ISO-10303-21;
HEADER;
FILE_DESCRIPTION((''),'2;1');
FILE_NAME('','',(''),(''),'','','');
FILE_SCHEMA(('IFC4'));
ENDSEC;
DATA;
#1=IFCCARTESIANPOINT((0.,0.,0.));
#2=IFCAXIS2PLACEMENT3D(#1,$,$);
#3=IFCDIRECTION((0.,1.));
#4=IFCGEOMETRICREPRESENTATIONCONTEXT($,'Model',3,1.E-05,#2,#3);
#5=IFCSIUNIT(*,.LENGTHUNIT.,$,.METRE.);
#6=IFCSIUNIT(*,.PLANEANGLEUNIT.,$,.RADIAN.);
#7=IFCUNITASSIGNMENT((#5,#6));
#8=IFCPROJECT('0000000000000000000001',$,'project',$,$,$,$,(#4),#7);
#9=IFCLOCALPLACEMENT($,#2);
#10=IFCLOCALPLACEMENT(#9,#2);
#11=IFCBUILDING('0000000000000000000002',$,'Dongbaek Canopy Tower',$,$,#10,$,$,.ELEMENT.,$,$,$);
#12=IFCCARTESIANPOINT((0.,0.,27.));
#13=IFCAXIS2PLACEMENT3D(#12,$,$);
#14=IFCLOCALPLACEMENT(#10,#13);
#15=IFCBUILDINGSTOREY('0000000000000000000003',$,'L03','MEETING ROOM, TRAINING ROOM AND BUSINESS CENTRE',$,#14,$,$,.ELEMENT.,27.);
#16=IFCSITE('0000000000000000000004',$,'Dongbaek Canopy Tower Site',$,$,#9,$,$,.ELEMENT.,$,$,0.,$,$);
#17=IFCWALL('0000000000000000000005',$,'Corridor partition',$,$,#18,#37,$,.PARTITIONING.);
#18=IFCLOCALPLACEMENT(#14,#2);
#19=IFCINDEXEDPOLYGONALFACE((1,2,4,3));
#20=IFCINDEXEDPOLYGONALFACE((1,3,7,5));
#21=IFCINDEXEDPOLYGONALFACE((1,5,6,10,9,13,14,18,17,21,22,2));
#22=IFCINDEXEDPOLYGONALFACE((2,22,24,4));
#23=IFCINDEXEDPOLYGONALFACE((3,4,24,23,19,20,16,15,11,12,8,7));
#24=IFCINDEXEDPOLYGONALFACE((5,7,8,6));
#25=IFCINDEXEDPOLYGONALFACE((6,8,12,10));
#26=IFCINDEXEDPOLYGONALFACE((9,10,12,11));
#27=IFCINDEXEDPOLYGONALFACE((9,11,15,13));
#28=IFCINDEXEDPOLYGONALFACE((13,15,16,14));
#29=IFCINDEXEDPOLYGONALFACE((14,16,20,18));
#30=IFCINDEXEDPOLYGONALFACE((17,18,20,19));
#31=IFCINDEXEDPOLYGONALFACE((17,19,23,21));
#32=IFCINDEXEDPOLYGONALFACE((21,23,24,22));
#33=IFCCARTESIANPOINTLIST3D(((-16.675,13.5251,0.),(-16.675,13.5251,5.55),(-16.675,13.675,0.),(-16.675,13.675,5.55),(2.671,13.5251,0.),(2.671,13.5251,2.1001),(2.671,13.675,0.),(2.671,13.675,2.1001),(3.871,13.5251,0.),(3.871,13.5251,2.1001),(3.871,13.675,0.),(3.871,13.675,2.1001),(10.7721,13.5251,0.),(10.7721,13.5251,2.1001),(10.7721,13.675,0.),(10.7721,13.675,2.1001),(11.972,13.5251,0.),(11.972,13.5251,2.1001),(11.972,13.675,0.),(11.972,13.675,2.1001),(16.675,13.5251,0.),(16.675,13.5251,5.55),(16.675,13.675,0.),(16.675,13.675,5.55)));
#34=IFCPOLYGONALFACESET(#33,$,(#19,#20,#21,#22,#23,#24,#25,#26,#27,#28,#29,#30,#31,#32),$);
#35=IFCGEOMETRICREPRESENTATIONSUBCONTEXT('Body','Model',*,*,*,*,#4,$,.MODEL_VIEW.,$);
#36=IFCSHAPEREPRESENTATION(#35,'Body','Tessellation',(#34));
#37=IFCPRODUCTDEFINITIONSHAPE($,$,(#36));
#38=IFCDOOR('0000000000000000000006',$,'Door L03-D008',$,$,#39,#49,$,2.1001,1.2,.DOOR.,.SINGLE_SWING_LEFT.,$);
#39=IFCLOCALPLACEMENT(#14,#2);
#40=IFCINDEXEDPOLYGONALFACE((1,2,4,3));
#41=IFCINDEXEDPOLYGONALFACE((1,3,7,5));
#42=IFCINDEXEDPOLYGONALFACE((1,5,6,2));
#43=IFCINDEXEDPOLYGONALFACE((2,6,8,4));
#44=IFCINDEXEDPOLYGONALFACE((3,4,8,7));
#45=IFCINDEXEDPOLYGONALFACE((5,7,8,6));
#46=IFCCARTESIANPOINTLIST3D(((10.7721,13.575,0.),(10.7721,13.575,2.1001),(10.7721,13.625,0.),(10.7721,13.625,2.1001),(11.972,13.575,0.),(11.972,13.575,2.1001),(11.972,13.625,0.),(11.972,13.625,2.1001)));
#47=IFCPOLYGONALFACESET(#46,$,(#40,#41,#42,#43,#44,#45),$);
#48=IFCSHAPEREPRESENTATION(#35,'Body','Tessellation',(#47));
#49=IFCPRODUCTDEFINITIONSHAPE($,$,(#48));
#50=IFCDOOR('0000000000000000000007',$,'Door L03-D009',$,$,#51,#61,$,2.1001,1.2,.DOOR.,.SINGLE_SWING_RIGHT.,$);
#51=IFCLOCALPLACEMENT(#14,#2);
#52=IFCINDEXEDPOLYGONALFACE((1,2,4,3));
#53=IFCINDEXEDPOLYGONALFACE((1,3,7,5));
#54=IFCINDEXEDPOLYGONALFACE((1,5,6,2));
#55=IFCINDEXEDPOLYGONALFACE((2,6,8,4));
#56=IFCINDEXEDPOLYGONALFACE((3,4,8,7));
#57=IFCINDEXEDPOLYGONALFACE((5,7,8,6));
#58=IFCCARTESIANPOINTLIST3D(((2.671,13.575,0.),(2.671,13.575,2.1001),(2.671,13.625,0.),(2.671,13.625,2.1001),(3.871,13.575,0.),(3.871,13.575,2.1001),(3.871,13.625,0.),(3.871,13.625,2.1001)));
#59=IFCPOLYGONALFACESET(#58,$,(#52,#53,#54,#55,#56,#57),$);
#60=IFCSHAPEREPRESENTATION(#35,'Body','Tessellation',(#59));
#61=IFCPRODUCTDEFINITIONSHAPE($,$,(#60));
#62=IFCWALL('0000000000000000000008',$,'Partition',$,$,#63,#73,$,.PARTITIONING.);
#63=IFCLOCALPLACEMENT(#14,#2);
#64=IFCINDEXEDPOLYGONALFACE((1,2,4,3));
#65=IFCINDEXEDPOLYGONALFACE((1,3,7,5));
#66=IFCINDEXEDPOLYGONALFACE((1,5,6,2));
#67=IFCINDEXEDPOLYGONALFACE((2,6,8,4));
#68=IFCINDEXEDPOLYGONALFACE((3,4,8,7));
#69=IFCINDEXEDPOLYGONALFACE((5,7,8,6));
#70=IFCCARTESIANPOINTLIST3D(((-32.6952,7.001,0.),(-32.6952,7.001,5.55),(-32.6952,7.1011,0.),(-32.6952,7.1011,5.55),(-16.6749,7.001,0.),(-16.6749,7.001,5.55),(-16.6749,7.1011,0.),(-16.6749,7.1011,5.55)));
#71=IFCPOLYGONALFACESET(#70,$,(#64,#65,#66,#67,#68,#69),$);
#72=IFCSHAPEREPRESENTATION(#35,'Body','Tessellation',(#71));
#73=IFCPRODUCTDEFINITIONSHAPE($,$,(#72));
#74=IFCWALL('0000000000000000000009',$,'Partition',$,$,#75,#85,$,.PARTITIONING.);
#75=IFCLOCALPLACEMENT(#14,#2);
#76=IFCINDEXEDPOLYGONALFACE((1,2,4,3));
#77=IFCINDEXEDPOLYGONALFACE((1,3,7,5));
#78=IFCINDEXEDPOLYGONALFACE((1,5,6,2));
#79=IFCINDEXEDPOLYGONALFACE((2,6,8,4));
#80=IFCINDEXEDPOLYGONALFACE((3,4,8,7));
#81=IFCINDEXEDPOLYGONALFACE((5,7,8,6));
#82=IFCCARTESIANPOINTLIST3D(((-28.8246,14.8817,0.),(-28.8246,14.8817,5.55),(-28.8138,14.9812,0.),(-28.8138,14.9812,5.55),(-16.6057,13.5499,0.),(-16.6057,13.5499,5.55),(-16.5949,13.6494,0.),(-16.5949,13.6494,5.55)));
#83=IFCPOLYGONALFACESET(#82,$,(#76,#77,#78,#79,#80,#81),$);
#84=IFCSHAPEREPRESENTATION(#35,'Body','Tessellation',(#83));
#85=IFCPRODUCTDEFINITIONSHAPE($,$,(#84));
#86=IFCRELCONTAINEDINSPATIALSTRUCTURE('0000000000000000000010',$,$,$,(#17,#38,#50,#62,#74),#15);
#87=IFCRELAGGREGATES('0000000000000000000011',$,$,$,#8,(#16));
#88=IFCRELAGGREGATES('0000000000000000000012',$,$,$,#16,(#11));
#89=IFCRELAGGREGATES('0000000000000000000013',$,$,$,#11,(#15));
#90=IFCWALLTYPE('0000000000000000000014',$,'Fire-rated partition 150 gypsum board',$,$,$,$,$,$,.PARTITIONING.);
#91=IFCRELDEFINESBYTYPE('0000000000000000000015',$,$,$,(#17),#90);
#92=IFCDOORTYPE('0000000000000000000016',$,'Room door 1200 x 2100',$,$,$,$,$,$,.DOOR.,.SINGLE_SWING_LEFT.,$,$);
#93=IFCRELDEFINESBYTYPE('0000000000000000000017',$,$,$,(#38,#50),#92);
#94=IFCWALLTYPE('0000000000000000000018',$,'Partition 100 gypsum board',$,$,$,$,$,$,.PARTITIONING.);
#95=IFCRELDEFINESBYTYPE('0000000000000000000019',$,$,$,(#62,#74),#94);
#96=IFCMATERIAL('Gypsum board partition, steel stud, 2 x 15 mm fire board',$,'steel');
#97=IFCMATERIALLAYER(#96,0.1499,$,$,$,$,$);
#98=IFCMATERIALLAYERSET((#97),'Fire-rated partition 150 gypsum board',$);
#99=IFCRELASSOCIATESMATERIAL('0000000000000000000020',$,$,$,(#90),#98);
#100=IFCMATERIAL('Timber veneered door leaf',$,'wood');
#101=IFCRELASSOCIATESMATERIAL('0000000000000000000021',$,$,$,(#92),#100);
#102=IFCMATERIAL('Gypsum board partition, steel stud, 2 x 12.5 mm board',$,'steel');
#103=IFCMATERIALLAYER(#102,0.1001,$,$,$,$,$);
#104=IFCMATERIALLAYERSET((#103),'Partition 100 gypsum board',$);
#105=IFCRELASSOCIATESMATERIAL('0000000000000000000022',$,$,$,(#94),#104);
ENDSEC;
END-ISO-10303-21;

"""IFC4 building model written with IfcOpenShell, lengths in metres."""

from ifc_helpers import new_model, si_unit, direction, frame, frame_2d, origin, place, context, subcontext, project, spatial, rectangle, extrude, material, layer, layer_set, type_object, element, fill, save


model = new_model("IFC4")

# Units and contexts
model_context = context("Model", 3, precision=1e-05, world=origin(), true_north=direction((0.0, 1.0)))
body_context = subcontext(model_context, "Body", "Model", "MODEL_VIEW")
ifc_project = project(units=[si_unit("LENGTHUNIT", "METRE"), si_unit("PLANEANGLEUNIT", "RADIAN")], contexts=[model_context])

# Site, building, storey
site_placement = place(None, origin())
site = spatial("IfcSite", under=ifc_project, at=site_placement, Name="Dongbaek Canopy Tower Site", CompositionType="ELEMENT", RefElevation=0.0)
building_placement = place(site_placement, origin())
building = spatial("IfcBuilding", under=site, at=building_placement, Name="Dongbaek Canopy Tower", CompositionType="ELEMENT")
storey_placement = place(building_placement, frame((0.0, 0.0, 27.0)))
storey = spatial("IfcBuildingStorey", under=building, at=storey_placement, Name="L03", Description="MEETING ROOM, TRAINING ROOM AND BUSINESS CENTRE", CompositionType="ELEMENT", Elevation=27.0)

# Wall, openings, doors
ifc_material_1 = material(Name="Gypsum board partition, steel stud, 2 x 15 mm fire board", Category="steel")
ifc_layer_1 = layer(ifc_material_1, 0.1499)
ifc_layer_set_1 = layer_set([ifc_layer_1], Name="Fire-rated partition 150 gypsum board")
wall_type_1 = type_object("IfcWallType", Name="Fire-rated partition 150 gypsum board", PredefinedType="PARTITIONING", material=ifc_layer_set_1)
wall_1_placement = place(storey_placement, frame((-16.675, 13.6001, 0.0), z_axis=(0.0, 0.0, 1.0), x_axis=(1.0, 0.0, 0.0)))
wall_1 = element("IfcWall", 1, at=wall_1_placement, inside=storey, type_object=wall_type_1, Name="Corridor partition", PredefinedType="PARTITIONING", context=body_context, shape_type="SweptSolid", body=[
    extrude(rectangle(XDim=33.3501, YDim=0.1499, at=frame_2d((16.675, 0.0))), origin(), (0.0, 0.0, 1.0), 5.55),
])
opening_1_placement = place(wall_1_placement, frame((27.447, 0.0, 0.0)))
opening_1 = element("IfcOpeningElement", 2, at=opening_1_placement, cuts=wall_1, PredefinedType="OPENING", context=body_context, shape_type="SweptSolid", body=[
    extrude(rectangle(XDim=1.2, YDim=2.1001, at=frame_2d((0.6001, 1.05))), frame((0.0, 0.085, 0.0), z_axis=(0.0, -1.0, 0.0), x_axis=(1.0, 0.0, 0.0)), (0.0, 0.0, 1.0), 0.1699),
])
opening_2_placement = place(wall_1_placement, frame((19.3459, 0.0, 0.0)))
opening_2 = element("IfcOpeningElement", 3, at=opening_2_placement, cuts=wall_1, PredefinedType="OPENING", context=body_context, shape_type="SweptSolid", body=[
    extrude(rectangle(XDim=1.2, YDim=2.1001, at=frame_2d((0.6001, 1.05))), frame((0.0, 0.085, 0.0), z_axis=(0.0, -1.0, 0.0), x_axis=(1.0, 0.0, 0.0)), (0.0, 0.0, 1.0), 0.1699),
])
ifc_material_2 = material(Name="Timber veneered door leaf", Category="wood")
door_type = type_object("IfcDoorType", Name="Room door 1200 x 2100", OperationType="SINGLE_SWING_LEFT", PredefinedType="DOOR", material=ifc_material_2)
door_1_placement = place(opening_1_placement, origin())
door_1 = element("IfcDoor", 4, at=door_1_placement, inside=storey, type_object=door_type, Name="Door L03-D008", OperationType="SINGLE_SWING_LEFT", OverallHeight=2.1001, OverallWidth=1.2, PredefinedType="DOOR", context=body_context, shape_type="SweptSolid", body=[
    extrude(rectangle(XDim=1.2, YDim=2.1001, at=frame_2d((0.6001, 1.05))), frame((0.0, 0.0249, 0.0), z_axis=(0.0, -1.0, 0.0), x_axis=(1.0, 0.0, 0.0)), (0.0, 0.0, 1.0), 0.05),
])
fill(opening_1, door_1)
door_2_placement = place(opening_2_placement, origin())
door_2 = element("IfcDoor", 5, at=door_2_placement, inside=storey, type_object=door_type, Name="Door L03-D009", OperationType="SINGLE_SWING_RIGHT", OverallHeight=2.1001, OverallWidth=1.2, PredefinedType="DOOR", context=body_context, shape_type="SweptSolid", body=[
    extrude(rectangle(XDim=1.2, YDim=2.1001, at=frame_2d((0.6001, 1.05))), frame((0.0, 0.0249, 0.0), z_axis=(0.0, -1.0, 0.0), x_axis=(1.0, 0.0, 0.0)), (0.0, 0.0, 1.0), 0.05),
])
fill(opening_2, door_2)

# Walls
ifc_material_3 = material(Name="Gypsum board partition, steel stud, 2 x 12.5 mm board", Category="steel")
ifc_layer_2 = layer(ifc_material_3, 0.1001)
ifc_layer_set_2 = layer_set([ifc_layer_2], Name="Partition 100 gypsum board")
wall_type_2 = type_object("IfcWallType", Name="Partition 100 gypsum board", PredefinedType="PARTITIONING", material=ifc_layer_set_2)
wall_2_placement = place(storey_placement, frame((-32.6953, 7.051, 0.0), z_axis=(0.0, 0.0, 1.0), x_axis=(1.0, 0.0, 0.0)))
element("IfcWall", 6, at=wall_2_placement, inside=storey, type_object=wall_type_2, Name="Partition", PredefinedType="PARTITIONING", context=body_context, shape_type="SweptSolid", body=[
    extrude(rectangle(XDim=16.0203, YDim=0.1001, at=frame_2d((8.0103, 0.0))), origin(), (0.0, 0.0, 1.0), 5.55),
])
wall_3_placement = place(storey_placement, frame((-28.8191, 14.9314, 0.0), z_axis=(0.0, 0.0, 1.0), x_axis=(0.994113, -0.108352, 0.0)))
element("IfcWall", 7, at=wall_3_placement, inside=storey, type_object=wall_type_2, Name="Partition", PredefinedType="PARTITIONING", context=body_context, shape_type="SweptSolid", body=[
    extrude(rectangle(XDim=12.2913, YDim=0.1001, at=frame_2d((6.1455, 0.0))), origin(), (0.0, 0.0, 1.0), 5.55),
])

save(model, "model.ifc")
